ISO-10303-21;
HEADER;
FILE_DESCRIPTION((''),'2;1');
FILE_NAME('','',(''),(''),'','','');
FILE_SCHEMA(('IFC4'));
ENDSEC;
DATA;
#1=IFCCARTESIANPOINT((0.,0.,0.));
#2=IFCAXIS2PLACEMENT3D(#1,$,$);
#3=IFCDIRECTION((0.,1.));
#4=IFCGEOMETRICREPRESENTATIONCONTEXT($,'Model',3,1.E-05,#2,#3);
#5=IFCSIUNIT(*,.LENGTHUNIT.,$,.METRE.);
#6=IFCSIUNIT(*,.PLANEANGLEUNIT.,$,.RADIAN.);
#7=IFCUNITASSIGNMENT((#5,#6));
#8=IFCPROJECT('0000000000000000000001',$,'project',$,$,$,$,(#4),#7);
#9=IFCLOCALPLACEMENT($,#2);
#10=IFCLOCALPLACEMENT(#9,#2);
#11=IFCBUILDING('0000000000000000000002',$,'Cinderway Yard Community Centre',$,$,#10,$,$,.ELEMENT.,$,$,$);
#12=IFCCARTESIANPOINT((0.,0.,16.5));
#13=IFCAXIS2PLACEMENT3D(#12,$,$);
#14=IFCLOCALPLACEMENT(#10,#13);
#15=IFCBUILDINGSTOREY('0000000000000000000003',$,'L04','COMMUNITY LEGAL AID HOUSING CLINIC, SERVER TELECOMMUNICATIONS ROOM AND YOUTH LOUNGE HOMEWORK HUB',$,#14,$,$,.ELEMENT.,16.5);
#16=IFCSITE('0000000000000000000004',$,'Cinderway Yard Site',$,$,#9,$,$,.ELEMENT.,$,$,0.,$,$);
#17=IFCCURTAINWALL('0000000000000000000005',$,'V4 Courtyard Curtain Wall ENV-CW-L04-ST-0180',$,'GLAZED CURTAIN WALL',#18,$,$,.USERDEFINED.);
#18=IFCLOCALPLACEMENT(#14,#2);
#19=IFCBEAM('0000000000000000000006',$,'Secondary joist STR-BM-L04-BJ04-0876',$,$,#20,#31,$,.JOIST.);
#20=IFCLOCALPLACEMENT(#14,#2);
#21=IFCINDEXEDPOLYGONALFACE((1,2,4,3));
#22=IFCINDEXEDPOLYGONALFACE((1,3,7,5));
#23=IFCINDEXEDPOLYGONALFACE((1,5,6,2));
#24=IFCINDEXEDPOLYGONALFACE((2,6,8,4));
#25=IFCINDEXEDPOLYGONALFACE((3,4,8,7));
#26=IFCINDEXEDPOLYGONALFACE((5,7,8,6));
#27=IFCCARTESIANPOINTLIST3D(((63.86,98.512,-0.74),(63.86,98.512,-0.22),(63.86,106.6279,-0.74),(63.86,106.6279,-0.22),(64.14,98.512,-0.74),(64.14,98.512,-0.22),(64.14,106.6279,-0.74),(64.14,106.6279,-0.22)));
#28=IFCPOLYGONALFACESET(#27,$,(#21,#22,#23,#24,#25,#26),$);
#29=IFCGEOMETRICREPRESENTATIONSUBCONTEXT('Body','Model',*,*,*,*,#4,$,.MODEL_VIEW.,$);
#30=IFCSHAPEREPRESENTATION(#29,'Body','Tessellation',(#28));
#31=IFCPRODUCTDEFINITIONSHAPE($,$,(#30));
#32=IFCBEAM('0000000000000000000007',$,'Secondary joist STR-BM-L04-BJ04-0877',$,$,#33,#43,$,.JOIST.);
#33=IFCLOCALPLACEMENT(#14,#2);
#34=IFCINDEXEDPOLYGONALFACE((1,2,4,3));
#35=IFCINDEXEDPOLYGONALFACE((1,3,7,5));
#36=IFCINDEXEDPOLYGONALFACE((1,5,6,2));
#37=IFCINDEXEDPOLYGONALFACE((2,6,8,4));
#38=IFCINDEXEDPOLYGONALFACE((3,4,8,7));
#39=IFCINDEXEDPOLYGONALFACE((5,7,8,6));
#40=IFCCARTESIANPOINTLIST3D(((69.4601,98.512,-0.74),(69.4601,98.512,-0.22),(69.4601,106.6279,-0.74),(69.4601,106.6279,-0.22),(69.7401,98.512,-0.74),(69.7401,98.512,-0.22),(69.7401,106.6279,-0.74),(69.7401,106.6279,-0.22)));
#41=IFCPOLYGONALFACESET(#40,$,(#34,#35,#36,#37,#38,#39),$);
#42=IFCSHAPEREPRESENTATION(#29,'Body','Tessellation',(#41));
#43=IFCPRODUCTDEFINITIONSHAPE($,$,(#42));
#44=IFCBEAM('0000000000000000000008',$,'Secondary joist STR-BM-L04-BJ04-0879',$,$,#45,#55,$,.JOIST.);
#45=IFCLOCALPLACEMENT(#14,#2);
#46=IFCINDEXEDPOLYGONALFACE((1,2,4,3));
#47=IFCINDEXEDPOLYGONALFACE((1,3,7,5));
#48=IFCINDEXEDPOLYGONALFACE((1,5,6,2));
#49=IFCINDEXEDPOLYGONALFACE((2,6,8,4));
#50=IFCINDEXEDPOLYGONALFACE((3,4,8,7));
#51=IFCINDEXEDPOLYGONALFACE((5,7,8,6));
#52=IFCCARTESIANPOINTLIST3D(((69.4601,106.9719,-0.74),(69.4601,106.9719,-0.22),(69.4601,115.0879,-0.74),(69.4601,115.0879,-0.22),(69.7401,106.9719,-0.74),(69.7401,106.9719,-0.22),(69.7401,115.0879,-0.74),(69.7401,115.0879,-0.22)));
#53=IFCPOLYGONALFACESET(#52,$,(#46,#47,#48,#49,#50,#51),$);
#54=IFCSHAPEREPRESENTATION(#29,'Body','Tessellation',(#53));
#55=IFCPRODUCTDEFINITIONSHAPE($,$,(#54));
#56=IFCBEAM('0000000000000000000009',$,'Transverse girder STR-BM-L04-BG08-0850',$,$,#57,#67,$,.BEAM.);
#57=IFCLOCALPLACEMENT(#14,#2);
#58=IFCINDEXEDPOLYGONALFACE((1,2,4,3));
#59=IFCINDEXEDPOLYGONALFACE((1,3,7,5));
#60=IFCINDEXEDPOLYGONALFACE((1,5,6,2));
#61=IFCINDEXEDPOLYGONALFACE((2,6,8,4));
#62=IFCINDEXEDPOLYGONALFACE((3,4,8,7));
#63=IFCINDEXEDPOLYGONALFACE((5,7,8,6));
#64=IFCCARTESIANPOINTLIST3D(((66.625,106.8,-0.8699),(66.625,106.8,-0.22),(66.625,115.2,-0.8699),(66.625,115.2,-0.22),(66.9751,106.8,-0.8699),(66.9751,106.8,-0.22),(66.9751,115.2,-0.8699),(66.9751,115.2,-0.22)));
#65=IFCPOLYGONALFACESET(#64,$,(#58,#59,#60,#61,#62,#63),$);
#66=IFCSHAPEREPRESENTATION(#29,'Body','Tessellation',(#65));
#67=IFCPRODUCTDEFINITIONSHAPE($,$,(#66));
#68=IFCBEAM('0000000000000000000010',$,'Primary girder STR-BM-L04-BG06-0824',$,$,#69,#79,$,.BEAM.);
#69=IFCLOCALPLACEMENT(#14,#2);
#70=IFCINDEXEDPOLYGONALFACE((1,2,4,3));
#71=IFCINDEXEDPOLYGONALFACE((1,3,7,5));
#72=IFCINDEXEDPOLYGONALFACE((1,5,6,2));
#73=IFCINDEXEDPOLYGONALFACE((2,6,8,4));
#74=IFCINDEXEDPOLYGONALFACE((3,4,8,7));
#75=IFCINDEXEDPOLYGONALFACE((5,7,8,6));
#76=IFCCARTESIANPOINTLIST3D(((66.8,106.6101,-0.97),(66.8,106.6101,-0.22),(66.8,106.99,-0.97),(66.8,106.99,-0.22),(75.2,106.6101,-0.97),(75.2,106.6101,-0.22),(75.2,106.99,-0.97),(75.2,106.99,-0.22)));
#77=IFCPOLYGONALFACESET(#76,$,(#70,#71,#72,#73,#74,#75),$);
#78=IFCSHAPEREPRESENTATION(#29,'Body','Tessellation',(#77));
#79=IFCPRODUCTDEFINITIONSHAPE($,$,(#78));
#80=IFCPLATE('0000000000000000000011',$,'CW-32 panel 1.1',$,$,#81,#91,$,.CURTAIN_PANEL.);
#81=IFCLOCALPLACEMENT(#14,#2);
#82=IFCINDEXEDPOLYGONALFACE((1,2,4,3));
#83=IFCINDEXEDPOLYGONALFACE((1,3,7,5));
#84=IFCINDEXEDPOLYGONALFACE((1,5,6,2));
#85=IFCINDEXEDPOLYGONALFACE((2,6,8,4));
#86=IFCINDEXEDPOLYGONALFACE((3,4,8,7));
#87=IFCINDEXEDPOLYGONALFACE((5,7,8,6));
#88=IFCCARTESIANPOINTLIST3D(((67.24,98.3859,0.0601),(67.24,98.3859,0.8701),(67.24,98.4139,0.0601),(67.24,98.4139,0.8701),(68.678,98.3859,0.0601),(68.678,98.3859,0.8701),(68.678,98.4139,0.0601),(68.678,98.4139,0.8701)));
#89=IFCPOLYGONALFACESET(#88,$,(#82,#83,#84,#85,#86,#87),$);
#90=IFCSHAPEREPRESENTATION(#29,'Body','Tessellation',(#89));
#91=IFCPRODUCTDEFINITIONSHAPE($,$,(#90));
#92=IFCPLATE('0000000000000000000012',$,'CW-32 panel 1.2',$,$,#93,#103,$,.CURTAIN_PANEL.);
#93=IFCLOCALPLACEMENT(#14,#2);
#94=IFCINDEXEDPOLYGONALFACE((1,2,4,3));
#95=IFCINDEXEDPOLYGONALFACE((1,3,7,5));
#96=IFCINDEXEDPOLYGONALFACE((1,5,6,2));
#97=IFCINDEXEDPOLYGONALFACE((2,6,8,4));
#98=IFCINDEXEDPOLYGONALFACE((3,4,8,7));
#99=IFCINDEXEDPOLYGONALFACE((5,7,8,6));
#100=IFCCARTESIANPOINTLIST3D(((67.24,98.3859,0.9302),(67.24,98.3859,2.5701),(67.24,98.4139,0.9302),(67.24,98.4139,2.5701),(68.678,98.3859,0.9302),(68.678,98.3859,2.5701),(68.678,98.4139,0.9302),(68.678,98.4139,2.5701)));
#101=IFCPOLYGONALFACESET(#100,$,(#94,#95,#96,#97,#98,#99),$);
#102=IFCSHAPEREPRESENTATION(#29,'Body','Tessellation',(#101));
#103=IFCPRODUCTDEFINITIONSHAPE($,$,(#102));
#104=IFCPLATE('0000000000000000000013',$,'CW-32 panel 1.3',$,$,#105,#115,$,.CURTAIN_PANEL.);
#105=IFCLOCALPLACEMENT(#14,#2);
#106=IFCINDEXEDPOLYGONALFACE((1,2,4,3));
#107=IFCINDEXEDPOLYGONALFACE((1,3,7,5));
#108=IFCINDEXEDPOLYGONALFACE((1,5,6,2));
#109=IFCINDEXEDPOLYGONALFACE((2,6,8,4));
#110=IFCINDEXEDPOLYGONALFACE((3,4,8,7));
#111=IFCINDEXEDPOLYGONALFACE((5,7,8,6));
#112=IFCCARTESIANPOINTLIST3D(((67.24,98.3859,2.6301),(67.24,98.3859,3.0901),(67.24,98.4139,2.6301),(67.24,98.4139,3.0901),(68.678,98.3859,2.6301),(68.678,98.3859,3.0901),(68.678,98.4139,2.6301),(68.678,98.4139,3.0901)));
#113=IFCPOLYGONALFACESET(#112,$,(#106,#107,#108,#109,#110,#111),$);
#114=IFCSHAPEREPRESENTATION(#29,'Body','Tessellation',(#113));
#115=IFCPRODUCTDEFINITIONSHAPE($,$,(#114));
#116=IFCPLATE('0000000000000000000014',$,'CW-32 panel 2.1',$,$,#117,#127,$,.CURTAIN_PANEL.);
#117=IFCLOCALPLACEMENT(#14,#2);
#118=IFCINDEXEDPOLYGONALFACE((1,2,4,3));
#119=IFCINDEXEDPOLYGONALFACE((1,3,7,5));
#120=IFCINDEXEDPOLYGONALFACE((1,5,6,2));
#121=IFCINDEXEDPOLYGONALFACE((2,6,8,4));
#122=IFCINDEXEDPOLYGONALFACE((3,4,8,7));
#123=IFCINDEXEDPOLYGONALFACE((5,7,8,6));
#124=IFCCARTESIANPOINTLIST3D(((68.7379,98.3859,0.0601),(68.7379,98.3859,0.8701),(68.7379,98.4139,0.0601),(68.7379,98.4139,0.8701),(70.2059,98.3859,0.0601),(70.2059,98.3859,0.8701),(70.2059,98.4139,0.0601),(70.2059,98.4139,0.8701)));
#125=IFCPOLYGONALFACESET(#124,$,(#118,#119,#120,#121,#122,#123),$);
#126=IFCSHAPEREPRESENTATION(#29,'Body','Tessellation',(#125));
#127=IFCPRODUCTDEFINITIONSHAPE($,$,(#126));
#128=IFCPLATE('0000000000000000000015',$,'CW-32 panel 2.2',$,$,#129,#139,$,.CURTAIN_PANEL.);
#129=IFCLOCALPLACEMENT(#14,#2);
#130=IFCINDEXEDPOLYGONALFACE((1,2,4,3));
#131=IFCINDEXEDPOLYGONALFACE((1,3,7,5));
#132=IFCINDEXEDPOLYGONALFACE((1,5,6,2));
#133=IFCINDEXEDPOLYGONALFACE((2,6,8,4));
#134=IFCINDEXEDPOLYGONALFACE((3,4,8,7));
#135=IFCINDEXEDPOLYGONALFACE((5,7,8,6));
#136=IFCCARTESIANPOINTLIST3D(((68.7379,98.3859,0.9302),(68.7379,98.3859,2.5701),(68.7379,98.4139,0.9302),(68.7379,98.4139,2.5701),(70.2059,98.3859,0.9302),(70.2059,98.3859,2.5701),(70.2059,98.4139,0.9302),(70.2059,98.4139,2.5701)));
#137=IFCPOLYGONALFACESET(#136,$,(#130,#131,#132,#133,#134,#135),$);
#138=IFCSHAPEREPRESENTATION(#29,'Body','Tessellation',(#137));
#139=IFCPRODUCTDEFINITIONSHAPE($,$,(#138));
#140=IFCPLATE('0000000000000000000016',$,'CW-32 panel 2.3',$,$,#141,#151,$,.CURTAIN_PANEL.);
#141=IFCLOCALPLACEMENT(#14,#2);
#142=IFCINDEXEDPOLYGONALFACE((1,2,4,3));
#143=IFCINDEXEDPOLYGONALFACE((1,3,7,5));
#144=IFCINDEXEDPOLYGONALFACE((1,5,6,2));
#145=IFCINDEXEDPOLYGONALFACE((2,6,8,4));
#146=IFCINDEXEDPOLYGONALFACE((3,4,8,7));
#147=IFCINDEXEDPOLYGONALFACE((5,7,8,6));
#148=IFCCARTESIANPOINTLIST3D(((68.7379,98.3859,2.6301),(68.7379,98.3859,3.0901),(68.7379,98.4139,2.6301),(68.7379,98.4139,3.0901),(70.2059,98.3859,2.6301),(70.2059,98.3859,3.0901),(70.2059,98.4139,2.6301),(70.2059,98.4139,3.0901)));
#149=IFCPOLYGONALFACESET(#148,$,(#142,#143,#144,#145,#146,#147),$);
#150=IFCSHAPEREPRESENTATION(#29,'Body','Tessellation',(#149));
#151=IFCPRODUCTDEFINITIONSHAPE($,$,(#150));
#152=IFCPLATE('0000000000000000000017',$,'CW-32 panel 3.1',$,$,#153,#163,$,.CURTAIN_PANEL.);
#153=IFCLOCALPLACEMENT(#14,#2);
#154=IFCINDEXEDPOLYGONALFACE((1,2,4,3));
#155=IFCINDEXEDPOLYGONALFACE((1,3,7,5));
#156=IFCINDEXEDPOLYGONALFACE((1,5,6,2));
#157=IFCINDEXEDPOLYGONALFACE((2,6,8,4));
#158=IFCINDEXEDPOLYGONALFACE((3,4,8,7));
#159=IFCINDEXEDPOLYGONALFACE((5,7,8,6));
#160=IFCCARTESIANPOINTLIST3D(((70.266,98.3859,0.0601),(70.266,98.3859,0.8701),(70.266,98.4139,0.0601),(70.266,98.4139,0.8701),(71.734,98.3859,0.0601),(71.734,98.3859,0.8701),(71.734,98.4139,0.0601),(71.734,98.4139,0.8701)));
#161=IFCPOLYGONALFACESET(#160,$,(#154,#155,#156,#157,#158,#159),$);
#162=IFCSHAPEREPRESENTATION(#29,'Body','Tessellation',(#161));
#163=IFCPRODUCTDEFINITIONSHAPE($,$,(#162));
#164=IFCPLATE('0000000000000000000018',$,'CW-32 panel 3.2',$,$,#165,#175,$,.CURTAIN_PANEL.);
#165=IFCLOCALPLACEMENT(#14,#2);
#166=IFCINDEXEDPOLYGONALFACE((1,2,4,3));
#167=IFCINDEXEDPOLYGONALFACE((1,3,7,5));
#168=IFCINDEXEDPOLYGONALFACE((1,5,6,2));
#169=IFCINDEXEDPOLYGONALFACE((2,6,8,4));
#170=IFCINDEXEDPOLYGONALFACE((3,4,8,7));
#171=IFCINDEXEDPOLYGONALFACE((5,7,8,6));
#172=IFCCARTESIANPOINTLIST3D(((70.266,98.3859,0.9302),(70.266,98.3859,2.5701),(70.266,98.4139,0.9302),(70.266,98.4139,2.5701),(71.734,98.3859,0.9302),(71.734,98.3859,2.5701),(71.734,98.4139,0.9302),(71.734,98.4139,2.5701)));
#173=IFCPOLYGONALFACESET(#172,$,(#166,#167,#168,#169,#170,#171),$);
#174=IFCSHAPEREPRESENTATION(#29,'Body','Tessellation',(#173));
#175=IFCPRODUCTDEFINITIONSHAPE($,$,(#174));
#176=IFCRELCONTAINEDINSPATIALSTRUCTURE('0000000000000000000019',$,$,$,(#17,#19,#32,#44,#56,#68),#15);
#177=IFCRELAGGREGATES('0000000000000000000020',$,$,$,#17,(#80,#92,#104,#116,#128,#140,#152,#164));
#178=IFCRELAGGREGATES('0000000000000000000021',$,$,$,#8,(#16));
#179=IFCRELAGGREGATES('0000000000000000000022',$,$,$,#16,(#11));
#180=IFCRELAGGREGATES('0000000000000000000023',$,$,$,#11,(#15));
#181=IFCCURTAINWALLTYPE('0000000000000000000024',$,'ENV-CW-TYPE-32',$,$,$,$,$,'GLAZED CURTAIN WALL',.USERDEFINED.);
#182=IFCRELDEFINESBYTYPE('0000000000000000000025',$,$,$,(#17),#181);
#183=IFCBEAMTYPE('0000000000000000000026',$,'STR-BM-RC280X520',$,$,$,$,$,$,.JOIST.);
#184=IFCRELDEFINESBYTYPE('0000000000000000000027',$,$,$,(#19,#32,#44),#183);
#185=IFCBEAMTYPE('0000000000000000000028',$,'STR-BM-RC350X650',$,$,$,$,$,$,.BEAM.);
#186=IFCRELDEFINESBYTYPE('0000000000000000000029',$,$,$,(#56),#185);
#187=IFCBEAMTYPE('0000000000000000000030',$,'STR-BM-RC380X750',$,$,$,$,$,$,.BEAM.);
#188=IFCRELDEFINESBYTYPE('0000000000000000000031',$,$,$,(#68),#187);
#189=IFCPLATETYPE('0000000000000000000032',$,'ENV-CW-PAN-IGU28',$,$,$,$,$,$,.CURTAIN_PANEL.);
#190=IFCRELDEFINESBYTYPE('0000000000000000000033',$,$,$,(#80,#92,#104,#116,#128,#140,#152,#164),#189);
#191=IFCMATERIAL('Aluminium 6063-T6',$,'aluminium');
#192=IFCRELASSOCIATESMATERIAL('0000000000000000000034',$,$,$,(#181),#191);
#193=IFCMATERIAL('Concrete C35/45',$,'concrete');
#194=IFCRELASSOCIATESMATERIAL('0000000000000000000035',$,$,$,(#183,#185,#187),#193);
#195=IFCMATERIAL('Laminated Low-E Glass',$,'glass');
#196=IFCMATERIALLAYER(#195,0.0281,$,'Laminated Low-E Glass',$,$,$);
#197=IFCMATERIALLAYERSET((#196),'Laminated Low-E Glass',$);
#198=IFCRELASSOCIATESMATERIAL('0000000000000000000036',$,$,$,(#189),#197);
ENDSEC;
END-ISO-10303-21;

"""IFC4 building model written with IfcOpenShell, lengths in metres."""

from ifc_helpers import new_model, si_unit, direction, frame, origin, origin_2d, place, context, subcontext, project, spatial, rectangle, extrude, material, layer, layer_set, material_profile, profile_set, type_object, element, aggregate, save


model = new_model("IFC4")

# Units and contexts
model_context = context("Model", 3, precision=1e-05, world=origin(), true_north=direction((0.0, 1.0)))
body_context = subcontext(model_context, "Body", "Model", "MODEL_VIEW")
ifc_project = project(units=[si_unit("LENGTHUNIT", "METRE"), si_unit("PLANEANGLEUNIT", "RADIAN")], contexts=[model_context])

# Site, building, storey
site_placement = place(None, origin())
site = spatial("IfcSite", under=ifc_project, at=site_placement, Name="Cinderway Yard Site", CompositionType="ELEMENT", RefElevation=0.0)
building_placement = place(site_placement, origin())
building = spatial("IfcBuilding", under=site, at=building_placement, Name="Cinderway Yard Community Centre", CompositionType="ELEMENT")
storey_placement = place(building_placement, frame((0.0, 0.0, 16.5)))
storey = spatial("IfcBuildingStorey", under=building, at=storey_placement, Name="L04", Description="COMMUNITY LEGAL AID HOUSING CLINIC, SERVER TELECOMMUNICATIONS ROOM AND YOUTH LOUNGE HOMEWORK HUB", CompositionType="ELEMENT", Elevation=16.5)

# Curtain wall
ifc_material_1 = material(Name="Aluminium 6063-T6", Category="aluminium")
curtain_wall_type = type_object("IfcCurtainWallType", Name="ENV-CW-TYPE-32", ElementType="GLAZED CURTAIN WALL", PredefinedType="USERDEFINED", material=ifc_material_1)
curtain_wall_placement = place(storey_placement, origin())
curtain_wall = element("IfcCurtainWall", 1, at=curtain_wall_placement, inside=storey, type_object=curtain_wall_type, Name="V4 Courtyard Curtain Wall ENV-CW-L04-ST-0180", ObjectType="GLAZED CURTAIN WALL", PredefinedType="USERDEFINED")

# Beams
ifc_material_2 = material(Name="Concrete C35/45", Category="concrete")
ifc_material_profile_1 = material_profile(ifc_material_2, rectangle(XDim=0.28, YDim=0.52, at=origin_2d()), Name="Concrete C35/45")
ifc_profile_set_1 = profile_set([ifc_material_profile_1], Name="Concrete C35/45")
beam_type_1 = type_object("IfcBeamType", Name="STR-BM-RC280X520", PredefinedType="JOIST", material=ifc_profile_set_1)
for number, where, z_axis, x_axis, name in (
    (2, (64.0, 98.512, -0.48), (0.0, 1.0, 0.0), (-1.0, 0.0, 0.0), "Secondary joist STR-BM-L04-BJ04-0876"),
    (3, (69.6001, 98.512, -0.48), (0.0, 1.0, 0.0), (-1.0, 0.0, 0.0), "Secondary joist STR-BM-L04-BJ04-0877"),
    (4, (69.6001, 106.9719, -0.48), (0.0, 1.0, 0.0), (-1.0, 0.0, 0.0), "Secondary joist STR-BM-L04-BJ04-0879"),
):
    element("IfcBeam", number, at=place(storey_placement, frame(where, z_axis=z_axis, x_axis=x_axis)), inside=storey, type_object=beam_type_1, Name=name, PredefinedType="JOIST", context=body_context, shape_type="SweptSolid", body=[
        extrude(rectangle(XDim=0.28, YDim=0.52, at=origin_2d()), origin(), (0.0, 0.0, 1.0), 8.116),
    ])
ifc_material_profile_2 = material_profile(ifc_material_2, rectangle(XDim=0.3501, YDim=0.6499, at=origin_2d()), Name="Concrete C35/45")
ifc_profile_set_2 = profile_set([ifc_material_profile_2], Name="Concrete C35/45")
beam_type_2 = type_object("IfcBeamType", Name="STR-BM-RC350X650", PredefinedType="BEAM", material=ifc_profile_set_2)
beam_1_placement = place(storey_placement, frame((66.8, 106.8, -0.5449), z_axis=(0.0, 1.0, 0.0), x_axis=(-1.0, 0.0, 0.0)))
element("IfcBeam", 5, at=beam_1_placement, inside=storey, type_object=beam_type_2, Name="Transverse girder STR-BM-L04-BG08-0850", PredefinedType="BEAM", context=body_context, shape_type="SweptSolid", body=[
    extrude(rectangle(XDim=0.3501, YDim=0.6499, at=origin_2d()), origin(), (0.0, 0.0, 1.0), 8.3999),
])
ifc_material_profile_3 = material_profile(ifc_material_2, rectangle(XDim=0.3799, YDim=0.75, at=origin_2d()), Name="Concrete C35/45")
ifc_profile_set_3 = profile_set([ifc_material_profile_3], Name="Concrete C35/45")
beam_type_3 = type_object("IfcBeamType", Name="STR-BM-RC380X750", PredefinedType="BEAM", material=ifc_profile_set_3)
beam_2_placement = place(storey_placement, frame((66.8, 106.8, -0.595), z_axis=(1.0, 0.0, 0.0), x_axis=(0.0, 1.0, 0.0)))
element("IfcBeam", 6, at=beam_2_placement, inside=storey, type_object=beam_type_3, Name="Primary girder STR-BM-L04-BG06-0824", PredefinedType="BEAM", context=body_context, shape_type="SweptSolid", body=[
    extrude(rectangle(XDim=0.3799, YDim=0.75, at=origin_2d()), origin(), (0.0, 0.0, 1.0), 8.3999),
])

# Plates
ifc_material_3 = material(Name="Laminated Low-E Glass", Category="glass")
ifc_layer_1 = layer(ifc_material_3, 0.0281, Name="Laminated Low-E Glass")
ifc_layer_set_1 = layer_set([ifc_layer_1], Name="Laminated Low-E Glass")
plate_type = type_object("IfcPlateType", Name="ENV-CW-PAN-IGU28", PredefinedType="CURTAIN_PANEL", material=ifc_layer_set_1)
plate_1_placement = place(storey_placement, frame((67.959, 98.3999, 0.0601), z_axis=(0.0, 0.0, 1.0), x_axis=(1.0, 0.0, 0.0)))
plate_1 = element("IfcPlate", 7, at=plate_1_placement, type_object=plate_type, Name="CW-32 panel 1.1", PredefinedType="CURTAIN_PANEL", context=body_context, shape_type="SweptSolid", body=[
    extrude(rectangle(XDim=1.438, YDim=0.0281, at=origin_2d()), origin(), (0.0, 0.0, 1.0), 0.8101),
])
plate_2_placement = place(storey_placement, frame((67.959, 98.3999, 0.9302), z_axis=(0.0, 0.0, 1.0), x_axis=(1.0, 0.0, 0.0)))
plate_2 = element("IfcPlate", 8, at=plate_2_placement, type_object=plate_type, Name="CW-32 panel 1.2", PredefinedType="CURTAIN_PANEL", context=body_context, shape_type="SweptSolid", body=[
    extrude(rectangle(XDim=1.438, YDim=0.0281, at=origin_2d()), origin(), (0.0, 0.0, 1.0), 1.6399),
])
plate_3_placement = place(storey_placement, frame((67.959, 98.3999, 2.6301), z_axis=(0.0, 0.0, 1.0), x_axis=(1.0, 0.0, 0.0)))
plate_3 = element("IfcPlate", 9, at=plate_3_placement, type_object=plate_type, Name="CW-32 panel 1.3", PredefinedType="CURTAIN_PANEL", context=body_context, shape_type="SweptSolid", body=[
    extrude(rectangle(XDim=1.438, YDim=0.0281, at=origin_2d()), origin(), (0.0, 0.0, 1.0), 0.46),
])
plate_4_placement = place(storey_placement, frame((69.4719, 98.3999, 0.0601), z_axis=(0.0, 0.0, 1.0), x_axis=(1.0, 0.0, 0.0)))
plate_4 = element("IfcPlate", 10, at=plate_4_placement, type_object=plate_type, Name="CW-32 panel 2.1", PredefinedType="CURTAIN_PANEL", context=body_context, shape_type="SweptSolid", body=[
    extrude(rectangle(XDim=1.468, YDim=0.0281, at=origin_2d()), origin(), (0.0, 0.0, 1.0), 0.8101),
])
plate_5_placement = place(storey_placement, frame((69.4719, 98.3999, 0.9302), z_axis=(0.0, 0.0, 1.0), x_axis=(1.0, 0.0, 0.0)))
plate_5 = element("IfcPlate", 11, at=plate_5_placement, type_object=plate_type, Name="CW-32 panel 2.2", PredefinedType="CURTAIN_PANEL", context=body_context, shape_type="SweptSolid", body=[
    extrude(rectangle(XDim=1.468, YDim=0.0281, at=origin_2d()), origin(), (0.0, 0.0, 1.0), 1.6399),
])
plate_6_placement = place(storey_placement, frame((69.4719, 98.3999, 2.6301), z_axis=(0.0, 0.0, 1.0), x_axis=(1.0, 0.0, 0.0)))
plate_6 = element("IfcPlate", 12, at=plate_6_placement, type_object=plate_type, Name="CW-32 panel 2.3", PredefinedType="CURTAIN_PANEL", context=body_context, shape_type="SweptSolid", body=[
    extrude(rectangle(XDim=1.468, YDim=0.0281, at=origin_2d()), origin(), (0.0, 0.0, 1.0), 0.46),
])
plate_7_placement = place(storey_placement, frame((71.0, 98.3999, 0.0601), z_axis=(0.0, 0.0, 1.0), x_axis=(1.0, 0.0, 0.0)))
plate_7 = element("IfcPlate", 13, at=plate_7_placement, type_object=plate_type, Name="CW-32 panel 3.1", PredefinedType="CURTAIN_PANEL", context=body_context, shape_type="SweptSolid", body=[
    extrude(rectangle(XDim=1.468, YDim=0.0281, at=origin_2d()), origin(), (0.0, 0.0, 1.0), 0.8101),
])
plate_8_placement = place(storey_placement, frame((71.0, 98.3999, 0.9302), z_axis=(0.0, 0.0, 1.0), x_axis=(1.0, 0.0, 0.0)))
plate_8 = element("IfcPlate", 14, at=plate_8_placement, type_object=plate_type, Name="CW-32 panel 3.2", PredefinedType="CURTAIN_PANEL", context=body_context, shape_type="SweptSolid", body=[
    extrude(rectangle(XDim=1.468, YDim=0.0281, at=origin_2d()), origin(), (0.0, 0.0, 1.0), 1.6399),
])
aggregate(curtain_wall, [plate_1, plate_2, plate_3, plate_4, plate_5, plate_6, plate_7, plate_8])

save(model, "model.ifc")
